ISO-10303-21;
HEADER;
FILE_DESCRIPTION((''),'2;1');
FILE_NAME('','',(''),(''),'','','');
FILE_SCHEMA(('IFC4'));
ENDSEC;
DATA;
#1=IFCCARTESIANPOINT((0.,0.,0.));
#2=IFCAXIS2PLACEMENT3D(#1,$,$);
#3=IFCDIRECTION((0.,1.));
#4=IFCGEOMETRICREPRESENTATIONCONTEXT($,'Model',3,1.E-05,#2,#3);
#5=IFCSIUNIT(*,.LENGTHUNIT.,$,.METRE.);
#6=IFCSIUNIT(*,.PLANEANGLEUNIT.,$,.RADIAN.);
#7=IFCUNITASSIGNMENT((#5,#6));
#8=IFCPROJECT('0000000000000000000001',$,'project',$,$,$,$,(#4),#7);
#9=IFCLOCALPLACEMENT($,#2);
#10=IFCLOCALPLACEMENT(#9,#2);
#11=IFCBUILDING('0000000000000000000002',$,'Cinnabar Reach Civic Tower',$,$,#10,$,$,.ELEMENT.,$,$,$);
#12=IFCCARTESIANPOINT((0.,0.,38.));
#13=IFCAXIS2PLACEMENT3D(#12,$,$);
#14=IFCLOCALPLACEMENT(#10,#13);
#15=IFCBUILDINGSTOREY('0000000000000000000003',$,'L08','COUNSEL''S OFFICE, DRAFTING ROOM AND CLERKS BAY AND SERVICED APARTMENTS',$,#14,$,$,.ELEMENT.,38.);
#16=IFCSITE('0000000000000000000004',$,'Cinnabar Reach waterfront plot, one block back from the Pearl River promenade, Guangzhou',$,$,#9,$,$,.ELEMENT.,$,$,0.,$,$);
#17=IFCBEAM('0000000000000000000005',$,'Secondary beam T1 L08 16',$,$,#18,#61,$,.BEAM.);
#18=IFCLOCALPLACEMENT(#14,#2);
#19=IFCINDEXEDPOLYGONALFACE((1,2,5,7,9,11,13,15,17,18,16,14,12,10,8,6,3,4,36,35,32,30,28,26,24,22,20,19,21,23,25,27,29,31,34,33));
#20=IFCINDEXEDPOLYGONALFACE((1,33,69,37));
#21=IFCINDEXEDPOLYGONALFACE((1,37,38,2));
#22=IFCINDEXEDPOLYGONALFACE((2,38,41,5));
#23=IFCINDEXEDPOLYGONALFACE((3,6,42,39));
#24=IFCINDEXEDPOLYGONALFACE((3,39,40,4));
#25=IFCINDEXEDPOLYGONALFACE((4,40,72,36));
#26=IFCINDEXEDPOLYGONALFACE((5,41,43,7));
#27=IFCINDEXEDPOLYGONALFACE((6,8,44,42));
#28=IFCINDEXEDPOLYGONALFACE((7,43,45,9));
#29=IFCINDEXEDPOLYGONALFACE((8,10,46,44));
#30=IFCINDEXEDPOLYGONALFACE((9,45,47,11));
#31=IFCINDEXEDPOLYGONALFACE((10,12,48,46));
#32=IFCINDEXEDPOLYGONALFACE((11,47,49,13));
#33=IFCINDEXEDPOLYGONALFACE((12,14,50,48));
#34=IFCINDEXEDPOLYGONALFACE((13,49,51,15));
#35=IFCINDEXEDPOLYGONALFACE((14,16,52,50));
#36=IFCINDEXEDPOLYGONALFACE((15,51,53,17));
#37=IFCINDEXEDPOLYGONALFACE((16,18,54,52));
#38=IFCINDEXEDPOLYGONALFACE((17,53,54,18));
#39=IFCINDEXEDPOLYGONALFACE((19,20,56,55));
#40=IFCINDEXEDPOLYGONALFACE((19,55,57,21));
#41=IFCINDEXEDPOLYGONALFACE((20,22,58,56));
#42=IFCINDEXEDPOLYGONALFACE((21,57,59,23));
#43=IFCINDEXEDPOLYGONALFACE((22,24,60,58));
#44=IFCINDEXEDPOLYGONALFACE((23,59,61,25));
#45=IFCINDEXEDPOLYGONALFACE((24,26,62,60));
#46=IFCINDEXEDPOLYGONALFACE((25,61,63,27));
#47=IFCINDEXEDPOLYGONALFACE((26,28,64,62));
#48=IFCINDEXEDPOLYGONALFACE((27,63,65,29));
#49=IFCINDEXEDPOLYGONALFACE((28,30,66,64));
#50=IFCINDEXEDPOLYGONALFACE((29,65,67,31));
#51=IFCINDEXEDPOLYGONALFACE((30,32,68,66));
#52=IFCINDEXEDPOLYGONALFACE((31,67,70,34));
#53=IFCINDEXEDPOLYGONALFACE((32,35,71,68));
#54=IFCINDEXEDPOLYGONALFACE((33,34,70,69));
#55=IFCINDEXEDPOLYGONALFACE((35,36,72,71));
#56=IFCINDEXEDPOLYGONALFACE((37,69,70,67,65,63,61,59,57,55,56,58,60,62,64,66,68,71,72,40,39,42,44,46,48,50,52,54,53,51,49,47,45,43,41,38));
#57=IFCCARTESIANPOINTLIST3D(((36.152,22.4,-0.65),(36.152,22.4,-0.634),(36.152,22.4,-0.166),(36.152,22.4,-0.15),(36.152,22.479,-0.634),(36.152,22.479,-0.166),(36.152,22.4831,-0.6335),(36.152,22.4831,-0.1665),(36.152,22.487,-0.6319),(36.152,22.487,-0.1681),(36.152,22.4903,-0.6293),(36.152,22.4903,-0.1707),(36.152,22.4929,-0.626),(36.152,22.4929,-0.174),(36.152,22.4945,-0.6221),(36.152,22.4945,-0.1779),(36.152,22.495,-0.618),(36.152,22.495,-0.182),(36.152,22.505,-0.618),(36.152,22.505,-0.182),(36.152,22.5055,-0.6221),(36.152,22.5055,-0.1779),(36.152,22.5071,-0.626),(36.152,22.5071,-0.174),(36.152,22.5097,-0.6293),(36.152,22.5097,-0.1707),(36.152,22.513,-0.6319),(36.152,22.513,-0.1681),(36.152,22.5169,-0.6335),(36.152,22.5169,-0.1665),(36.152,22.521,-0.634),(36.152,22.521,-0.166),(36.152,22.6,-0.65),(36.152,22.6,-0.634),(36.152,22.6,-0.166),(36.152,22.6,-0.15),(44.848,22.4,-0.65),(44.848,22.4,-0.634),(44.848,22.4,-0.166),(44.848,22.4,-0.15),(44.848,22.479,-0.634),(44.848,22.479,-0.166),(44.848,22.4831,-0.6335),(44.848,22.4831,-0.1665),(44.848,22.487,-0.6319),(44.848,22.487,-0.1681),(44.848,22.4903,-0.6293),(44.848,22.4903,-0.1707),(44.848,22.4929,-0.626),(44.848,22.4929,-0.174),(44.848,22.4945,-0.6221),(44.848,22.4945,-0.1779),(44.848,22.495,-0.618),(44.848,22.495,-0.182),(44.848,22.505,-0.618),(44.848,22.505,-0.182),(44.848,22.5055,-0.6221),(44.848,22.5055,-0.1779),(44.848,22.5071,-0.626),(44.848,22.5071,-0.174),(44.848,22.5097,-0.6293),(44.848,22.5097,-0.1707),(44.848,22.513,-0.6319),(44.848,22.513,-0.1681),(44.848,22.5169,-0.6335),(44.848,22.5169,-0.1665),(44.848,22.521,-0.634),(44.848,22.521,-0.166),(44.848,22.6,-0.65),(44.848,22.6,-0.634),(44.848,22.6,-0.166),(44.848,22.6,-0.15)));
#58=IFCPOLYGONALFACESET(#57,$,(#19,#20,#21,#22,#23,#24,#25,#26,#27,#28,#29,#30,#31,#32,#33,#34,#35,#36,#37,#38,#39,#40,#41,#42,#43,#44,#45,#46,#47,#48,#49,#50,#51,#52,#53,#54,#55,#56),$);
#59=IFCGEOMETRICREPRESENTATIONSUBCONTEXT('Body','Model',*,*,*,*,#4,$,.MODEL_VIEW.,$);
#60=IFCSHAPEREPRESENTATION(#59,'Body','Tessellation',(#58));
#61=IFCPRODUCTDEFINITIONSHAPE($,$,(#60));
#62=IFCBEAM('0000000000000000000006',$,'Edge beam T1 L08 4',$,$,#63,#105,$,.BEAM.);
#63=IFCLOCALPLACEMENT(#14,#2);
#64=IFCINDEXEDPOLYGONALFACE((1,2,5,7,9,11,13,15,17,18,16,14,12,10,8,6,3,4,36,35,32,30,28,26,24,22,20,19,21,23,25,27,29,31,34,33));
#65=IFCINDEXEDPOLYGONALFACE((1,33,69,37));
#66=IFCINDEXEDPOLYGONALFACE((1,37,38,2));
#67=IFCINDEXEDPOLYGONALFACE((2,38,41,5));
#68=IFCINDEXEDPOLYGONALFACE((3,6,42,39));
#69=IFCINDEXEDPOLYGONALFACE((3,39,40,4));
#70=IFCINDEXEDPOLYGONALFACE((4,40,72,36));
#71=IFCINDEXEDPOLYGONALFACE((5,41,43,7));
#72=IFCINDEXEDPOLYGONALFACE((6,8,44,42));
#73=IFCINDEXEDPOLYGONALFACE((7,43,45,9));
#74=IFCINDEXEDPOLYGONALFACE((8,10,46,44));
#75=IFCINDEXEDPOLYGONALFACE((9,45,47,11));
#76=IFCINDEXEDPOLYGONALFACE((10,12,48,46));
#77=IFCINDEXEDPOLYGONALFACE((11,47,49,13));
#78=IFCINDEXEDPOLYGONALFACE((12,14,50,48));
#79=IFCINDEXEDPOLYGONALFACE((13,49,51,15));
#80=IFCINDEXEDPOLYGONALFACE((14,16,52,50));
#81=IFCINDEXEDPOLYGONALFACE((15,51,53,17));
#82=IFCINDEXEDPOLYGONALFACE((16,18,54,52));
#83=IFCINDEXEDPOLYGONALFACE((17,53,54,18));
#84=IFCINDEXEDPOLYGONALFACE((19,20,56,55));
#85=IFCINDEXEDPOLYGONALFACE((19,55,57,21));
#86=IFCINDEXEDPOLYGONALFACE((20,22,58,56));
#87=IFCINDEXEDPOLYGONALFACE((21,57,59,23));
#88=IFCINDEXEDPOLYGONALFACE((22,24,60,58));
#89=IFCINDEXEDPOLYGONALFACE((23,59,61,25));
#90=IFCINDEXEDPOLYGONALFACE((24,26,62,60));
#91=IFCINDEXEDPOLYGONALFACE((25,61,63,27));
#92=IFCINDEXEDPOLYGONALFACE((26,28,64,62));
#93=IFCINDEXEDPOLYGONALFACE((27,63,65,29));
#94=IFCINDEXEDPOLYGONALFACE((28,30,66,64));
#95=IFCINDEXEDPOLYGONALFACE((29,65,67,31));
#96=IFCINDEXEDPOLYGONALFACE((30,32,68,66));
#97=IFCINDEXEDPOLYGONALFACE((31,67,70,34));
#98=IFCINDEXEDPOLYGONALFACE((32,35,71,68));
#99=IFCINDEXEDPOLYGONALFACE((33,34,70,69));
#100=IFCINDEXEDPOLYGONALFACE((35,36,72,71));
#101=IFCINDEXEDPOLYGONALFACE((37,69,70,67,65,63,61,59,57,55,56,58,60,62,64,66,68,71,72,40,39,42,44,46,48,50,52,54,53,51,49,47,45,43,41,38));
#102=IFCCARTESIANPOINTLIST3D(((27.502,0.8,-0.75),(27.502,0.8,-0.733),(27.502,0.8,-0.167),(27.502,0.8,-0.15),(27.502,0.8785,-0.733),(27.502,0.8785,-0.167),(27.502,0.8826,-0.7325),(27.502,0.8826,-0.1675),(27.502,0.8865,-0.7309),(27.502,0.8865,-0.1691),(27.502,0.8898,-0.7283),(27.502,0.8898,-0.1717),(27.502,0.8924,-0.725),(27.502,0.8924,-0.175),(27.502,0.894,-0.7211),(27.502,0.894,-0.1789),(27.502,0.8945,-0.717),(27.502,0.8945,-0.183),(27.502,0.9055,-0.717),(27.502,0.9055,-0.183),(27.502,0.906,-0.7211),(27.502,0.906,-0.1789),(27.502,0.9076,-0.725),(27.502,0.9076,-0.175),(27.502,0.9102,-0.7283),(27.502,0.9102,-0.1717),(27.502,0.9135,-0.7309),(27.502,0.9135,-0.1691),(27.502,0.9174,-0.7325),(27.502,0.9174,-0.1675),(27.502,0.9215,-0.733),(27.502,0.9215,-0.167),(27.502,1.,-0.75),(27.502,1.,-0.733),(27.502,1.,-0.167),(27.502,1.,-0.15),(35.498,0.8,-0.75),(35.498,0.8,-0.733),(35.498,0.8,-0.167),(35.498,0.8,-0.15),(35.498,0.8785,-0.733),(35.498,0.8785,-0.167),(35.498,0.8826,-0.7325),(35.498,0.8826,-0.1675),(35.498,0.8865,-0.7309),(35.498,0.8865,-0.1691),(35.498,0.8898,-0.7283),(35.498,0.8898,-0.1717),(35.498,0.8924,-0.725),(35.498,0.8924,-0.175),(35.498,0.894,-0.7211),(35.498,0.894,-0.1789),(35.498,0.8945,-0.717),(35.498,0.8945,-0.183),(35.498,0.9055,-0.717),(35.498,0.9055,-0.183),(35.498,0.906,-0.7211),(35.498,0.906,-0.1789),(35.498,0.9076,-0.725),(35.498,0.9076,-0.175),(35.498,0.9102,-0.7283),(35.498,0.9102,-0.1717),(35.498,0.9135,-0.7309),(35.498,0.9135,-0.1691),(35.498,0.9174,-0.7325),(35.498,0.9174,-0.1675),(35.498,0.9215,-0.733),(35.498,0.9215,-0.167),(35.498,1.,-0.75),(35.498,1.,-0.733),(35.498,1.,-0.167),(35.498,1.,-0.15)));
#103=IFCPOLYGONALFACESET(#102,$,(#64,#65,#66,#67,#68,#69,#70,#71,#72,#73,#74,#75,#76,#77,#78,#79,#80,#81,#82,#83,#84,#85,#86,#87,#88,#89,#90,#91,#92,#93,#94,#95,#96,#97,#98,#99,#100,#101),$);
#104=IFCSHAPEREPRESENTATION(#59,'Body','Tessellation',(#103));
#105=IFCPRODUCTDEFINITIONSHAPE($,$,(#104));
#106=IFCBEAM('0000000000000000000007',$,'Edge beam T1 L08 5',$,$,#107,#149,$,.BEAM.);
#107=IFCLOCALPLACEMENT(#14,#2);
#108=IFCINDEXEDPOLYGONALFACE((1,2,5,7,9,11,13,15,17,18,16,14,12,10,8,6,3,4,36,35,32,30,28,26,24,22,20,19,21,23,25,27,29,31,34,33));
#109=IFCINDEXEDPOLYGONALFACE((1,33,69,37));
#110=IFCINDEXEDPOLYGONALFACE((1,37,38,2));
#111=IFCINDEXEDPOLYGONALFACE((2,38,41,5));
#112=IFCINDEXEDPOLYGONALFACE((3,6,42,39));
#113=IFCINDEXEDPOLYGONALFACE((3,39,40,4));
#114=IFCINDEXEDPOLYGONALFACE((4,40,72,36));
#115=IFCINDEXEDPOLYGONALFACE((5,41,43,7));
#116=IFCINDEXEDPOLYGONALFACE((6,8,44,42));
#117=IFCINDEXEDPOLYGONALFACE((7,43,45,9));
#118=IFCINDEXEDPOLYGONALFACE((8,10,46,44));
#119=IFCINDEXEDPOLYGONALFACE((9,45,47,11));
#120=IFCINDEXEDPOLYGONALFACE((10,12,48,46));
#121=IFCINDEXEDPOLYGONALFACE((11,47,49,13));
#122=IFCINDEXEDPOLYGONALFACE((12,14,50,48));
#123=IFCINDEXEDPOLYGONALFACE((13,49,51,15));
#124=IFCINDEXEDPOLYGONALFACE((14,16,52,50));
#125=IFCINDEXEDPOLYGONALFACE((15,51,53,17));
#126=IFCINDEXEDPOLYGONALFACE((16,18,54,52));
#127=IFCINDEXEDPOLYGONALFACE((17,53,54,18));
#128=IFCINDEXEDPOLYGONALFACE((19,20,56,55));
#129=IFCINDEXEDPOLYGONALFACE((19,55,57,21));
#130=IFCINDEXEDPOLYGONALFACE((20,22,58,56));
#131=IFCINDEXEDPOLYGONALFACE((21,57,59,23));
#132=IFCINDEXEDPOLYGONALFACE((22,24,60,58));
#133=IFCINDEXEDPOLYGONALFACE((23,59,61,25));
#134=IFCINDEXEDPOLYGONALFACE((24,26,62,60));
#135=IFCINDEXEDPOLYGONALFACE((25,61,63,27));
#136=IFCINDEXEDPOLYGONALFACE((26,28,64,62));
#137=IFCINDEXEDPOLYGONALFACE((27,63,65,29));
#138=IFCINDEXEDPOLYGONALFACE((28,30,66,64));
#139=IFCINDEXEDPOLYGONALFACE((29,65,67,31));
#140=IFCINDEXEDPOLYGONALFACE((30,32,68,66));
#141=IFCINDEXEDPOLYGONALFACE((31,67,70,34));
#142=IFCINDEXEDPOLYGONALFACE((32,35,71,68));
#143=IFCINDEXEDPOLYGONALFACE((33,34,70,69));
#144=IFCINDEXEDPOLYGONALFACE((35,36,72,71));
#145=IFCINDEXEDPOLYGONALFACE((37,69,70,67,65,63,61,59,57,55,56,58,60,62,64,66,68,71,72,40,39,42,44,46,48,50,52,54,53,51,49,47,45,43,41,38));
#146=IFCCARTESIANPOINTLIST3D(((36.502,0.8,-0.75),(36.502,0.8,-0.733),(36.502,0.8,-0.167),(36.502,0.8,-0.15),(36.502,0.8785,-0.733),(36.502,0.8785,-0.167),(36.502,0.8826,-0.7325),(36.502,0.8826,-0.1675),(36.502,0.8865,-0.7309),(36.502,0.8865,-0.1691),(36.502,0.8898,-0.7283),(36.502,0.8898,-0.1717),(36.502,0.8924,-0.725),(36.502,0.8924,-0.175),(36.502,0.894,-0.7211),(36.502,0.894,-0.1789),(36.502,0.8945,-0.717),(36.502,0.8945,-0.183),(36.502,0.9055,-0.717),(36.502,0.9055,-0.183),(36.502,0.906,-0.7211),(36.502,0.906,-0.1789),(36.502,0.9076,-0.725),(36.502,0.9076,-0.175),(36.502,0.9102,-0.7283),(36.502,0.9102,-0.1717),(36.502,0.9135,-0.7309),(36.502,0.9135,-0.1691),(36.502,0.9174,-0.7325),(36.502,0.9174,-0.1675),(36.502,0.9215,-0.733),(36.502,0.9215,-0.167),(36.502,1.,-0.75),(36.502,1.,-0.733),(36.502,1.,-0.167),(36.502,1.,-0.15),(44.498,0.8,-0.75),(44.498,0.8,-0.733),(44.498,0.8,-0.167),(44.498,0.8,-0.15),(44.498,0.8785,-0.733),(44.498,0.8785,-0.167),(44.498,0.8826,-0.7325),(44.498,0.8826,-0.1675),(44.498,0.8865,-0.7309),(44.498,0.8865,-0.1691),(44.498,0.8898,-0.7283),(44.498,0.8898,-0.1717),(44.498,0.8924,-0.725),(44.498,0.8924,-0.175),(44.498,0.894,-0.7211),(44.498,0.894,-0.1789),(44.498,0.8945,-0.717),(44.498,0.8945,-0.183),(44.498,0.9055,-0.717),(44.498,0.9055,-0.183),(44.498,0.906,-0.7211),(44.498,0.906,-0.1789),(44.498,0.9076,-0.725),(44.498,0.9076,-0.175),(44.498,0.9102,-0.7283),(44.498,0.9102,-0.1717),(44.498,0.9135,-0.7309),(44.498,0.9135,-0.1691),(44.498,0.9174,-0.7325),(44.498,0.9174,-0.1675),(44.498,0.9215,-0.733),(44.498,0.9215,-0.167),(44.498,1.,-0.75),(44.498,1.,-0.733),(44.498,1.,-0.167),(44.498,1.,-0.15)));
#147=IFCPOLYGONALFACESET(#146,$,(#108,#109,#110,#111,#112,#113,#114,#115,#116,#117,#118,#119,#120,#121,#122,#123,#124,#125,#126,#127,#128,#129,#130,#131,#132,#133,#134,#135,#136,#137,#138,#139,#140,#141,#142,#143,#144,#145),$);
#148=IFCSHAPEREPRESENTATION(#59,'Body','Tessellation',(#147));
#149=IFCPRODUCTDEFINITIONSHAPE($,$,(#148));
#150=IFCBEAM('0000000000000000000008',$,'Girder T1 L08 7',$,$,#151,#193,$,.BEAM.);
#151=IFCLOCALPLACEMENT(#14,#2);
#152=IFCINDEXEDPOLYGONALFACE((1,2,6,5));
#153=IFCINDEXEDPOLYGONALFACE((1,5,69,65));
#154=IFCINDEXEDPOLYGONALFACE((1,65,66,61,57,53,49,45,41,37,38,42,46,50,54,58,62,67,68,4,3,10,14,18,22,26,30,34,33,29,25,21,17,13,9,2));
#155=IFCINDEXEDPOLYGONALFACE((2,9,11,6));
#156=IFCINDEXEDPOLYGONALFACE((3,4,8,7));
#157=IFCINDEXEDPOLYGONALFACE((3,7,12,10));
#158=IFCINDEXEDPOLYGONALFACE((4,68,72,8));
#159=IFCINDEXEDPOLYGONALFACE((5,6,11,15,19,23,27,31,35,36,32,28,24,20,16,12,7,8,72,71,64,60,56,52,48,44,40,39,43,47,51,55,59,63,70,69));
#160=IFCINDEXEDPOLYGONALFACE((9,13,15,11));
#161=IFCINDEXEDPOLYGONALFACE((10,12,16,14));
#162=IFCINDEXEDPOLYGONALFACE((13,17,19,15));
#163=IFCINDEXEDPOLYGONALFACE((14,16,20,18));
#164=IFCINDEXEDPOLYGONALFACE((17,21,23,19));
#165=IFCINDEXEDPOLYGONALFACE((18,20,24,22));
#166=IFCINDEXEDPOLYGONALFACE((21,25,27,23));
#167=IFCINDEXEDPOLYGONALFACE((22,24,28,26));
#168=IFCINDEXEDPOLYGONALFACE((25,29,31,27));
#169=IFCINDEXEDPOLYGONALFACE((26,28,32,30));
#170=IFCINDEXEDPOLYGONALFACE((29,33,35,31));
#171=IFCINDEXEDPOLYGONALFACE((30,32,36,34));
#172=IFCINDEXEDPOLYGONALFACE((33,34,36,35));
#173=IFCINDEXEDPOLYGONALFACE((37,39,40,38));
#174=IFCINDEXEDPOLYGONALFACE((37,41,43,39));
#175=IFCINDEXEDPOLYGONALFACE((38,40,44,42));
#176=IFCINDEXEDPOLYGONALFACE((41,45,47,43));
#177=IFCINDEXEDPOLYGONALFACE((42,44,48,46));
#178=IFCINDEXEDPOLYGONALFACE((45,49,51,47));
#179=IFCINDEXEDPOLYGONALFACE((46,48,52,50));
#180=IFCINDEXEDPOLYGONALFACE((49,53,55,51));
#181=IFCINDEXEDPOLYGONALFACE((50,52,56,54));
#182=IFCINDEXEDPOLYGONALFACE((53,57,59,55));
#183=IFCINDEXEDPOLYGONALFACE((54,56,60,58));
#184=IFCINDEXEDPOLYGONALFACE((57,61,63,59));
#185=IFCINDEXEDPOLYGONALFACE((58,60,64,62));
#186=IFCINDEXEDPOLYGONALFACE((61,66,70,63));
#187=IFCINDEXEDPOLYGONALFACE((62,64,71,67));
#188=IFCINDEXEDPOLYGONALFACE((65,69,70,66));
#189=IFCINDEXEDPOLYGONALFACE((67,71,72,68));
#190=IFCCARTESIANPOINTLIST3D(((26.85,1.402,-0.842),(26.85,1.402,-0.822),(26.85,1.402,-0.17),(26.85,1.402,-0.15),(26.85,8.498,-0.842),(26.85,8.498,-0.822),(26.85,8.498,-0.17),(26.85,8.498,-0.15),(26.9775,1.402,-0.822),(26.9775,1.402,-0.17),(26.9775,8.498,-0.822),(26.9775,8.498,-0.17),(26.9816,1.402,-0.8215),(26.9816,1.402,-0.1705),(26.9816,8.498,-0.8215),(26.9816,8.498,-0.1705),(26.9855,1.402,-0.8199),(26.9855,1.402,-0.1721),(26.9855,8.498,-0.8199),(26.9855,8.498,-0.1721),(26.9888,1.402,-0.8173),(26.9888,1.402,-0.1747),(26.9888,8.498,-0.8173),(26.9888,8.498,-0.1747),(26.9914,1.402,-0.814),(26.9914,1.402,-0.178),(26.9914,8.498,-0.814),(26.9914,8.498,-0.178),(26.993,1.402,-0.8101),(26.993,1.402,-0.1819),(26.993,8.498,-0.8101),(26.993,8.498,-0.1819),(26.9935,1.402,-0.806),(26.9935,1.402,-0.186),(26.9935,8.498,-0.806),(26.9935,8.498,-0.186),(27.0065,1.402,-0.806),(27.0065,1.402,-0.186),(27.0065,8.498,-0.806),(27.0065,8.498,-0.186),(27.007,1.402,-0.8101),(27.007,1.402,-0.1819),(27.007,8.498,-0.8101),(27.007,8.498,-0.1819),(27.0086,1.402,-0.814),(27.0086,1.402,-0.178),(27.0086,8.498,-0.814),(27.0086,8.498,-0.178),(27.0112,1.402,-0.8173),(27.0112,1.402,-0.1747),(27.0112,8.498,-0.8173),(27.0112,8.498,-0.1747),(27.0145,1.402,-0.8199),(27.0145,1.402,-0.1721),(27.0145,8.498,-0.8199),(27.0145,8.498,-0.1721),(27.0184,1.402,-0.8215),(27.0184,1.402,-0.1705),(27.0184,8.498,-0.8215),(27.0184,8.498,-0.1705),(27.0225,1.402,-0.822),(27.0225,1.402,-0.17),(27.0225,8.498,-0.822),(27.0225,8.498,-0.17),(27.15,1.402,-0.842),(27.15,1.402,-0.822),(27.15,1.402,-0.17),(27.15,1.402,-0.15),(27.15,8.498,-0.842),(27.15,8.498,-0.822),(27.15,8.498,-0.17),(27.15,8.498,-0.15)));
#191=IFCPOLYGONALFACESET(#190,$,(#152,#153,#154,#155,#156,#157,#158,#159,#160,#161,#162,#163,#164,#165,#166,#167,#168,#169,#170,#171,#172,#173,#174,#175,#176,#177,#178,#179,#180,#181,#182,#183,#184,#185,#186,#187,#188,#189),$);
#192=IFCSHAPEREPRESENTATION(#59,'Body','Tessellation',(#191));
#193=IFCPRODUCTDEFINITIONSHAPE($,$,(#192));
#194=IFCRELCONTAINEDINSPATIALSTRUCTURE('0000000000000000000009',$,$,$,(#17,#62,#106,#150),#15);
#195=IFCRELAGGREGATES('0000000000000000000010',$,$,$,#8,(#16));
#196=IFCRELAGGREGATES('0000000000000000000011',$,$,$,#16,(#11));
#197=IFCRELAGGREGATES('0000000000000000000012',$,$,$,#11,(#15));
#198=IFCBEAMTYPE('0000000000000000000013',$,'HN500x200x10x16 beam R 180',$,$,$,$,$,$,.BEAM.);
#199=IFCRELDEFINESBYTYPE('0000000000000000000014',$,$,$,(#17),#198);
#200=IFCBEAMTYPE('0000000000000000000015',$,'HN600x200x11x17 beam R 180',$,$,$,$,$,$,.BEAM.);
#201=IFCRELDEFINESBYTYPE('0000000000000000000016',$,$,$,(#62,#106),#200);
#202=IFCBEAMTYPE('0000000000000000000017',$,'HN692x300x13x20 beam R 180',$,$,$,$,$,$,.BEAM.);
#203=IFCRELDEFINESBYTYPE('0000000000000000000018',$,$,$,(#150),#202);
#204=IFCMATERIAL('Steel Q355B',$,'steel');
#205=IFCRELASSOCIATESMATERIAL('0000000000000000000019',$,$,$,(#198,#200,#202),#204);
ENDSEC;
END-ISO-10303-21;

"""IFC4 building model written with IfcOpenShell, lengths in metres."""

from ifc_helpers import new_model, si_unit, direction, frame, origin, origin_2d, place, context, subcontext, project, spatial, i_section, extrude, material, material_profile, profile_set, type_object, element, save


model = new_model("IFC4")

# Units and contexts
model_context = context("Model", 3, precision=1e-05, world=origin(), true_north=direction((0.0, 1.0)))
body_context = subcontext(model_context, "Body", "Model", "MODEL_VIEW")
ifc_project = project(units=[si_unit("LENGTHUNIT", "METRE"), si_unit("PLANEANGLEUNIT", "RADIAN")], contexts=[model_context])

# Site, building, storey
site_placement = place(None, origin())
site = spatial("IfcSite", under=ifc_project, at=site_placement, Name="Cinnabar Reach waterfront plot, one block back from the Pearl River promenade, Guangzhou", CompositionType="ELEMENT", RefElevation=0.0)
building_placement = place(site_placement, origin())
building = spatial("IfcBuilding", under=site, at=building_placement, Name="Cinnabar Reach Civic Tower", CompositionType="ELEMENT")
storey_placement = place(building_placement, frame((0.0, 0.0, 38.0)))
storey = spatial("IfcBuildingStorey", under=building, at=storey_placement, Name="L08", Description="COUNSEL'S OFFICE, DRAFTING ROOM AND CLERKS BAY AND SERVICED APARTMENTS", CompositionType="ELEMENT", Elevation=38.0)

# Beams
ifc_material_1 = material(Name="Steel Q355B", Category="steel")
ifc_material_profile_1 = material_profile(ifc_material_1, i_section(OverallWidth=0.2, OverallDepth=0.5, WebThickness=0.01, FlangeThickness=0.016, FilletRadius=0.016, at=origin_2d()), Name="HN500x200x10x16")
ifc_profile_set_1 = profile_set([ifc_material_profile_1], Name="Steel Q355B")
beam_type_1 = type_object("IfcBeamType", Name="HN500x200x10x16 beam R 180", PredefinedType="BEAM", material=ifc_profile_set_1)
for number, where, z_axis, x_axis, name in (
    (1, (36.152, 22.5, -0.4), (1.0, 0.0, 0.0), (0.0, 1.0, 0.0), "Secondary beam T1 L08 16"),
):
    element("IfcBeam", number, at=place(storey_placement, frame(where, z_axis=z_axis, x_axis=x_axis)), inside=storey, type_object=beam_type_1, Name=name, PredefinedType="BEAM", context=body_context, shape_type="SweptSolid", body=[
        extrude(i_section(OverallWidth=0.2, OverallDepth=0.5, WebThickness=0.01, FlangeThickness=0.016, FilletRadius=0.016, at=origin_2d()), origin(), (0.0, 0.0, 1.0), 8.696),
    ])
ifc_material_profile_2 = material_profile(ifc_material_1, i_section(OverallWidth=0.2, OverallDepth=0.6, WebThickness=0.011, FlangeThickness=0.017, FilletRadius=0.016, at=origin_2d()), Name="HN600x200x11x17")
ifc_profile_set_2 = profile_set([ifc_material_profile_2], Name="Steel Q355B")
beam_type_2 = type_object("IfcBeamType", Name="HN600x200x11x17 beam R 180", PredefinedType="BEAM", material=ifc_profile_set_2)
for number, where, z_axis, x_axis, name in (
    (2, (27.502, 0.9, -0.45), (1.0, 0.0, 0.0), (0.0, 1.0, 0.0), "Edge beam T1 L08 4"),
    (3, (36.502, 0.9, -0.45), (1.0, 0.0, 0.0), (0.0, 1.0, 0.0), "Edge beam T1 L08 5"),
):
    element("IfcBeam", number, at=place(storey_placement, frame(where, z_axis=z_axis, x_axis=x_axis)), inside=storey, type_object=beam_type_2, Name=name, PredefinedType="BEAM", context=body_context, shape_type="SweptSolid", body=[
        extrude(i_section(OverallWidth=0.2, OverallDepth=0.6, WebThickness=0.011, FlangeThickness=0.017, FilletRadius=0.016, at=origin_2d()), origin(), (0.0, 0.0, 1.0), 7.996),
    ])
ifc_material_profile_3 = material_profile(ifc_material_1, i_section(OverallWidth=0.3, OverallDepth=0.692, WebThickness=0.013, FlangeThickness=0.02, FilletRadius=0.016, at=origin_2d()), Name="HN692x300x13x20")
ifc_profile_set_3 = profile_set([ifc_material_profile_3], Name="Steel Q355B")
beam_type_3 = type_object("IfcBeamType", Name="HN692x300x13x20 beam R 180", PredefinedType="BEAM", material=ifc_profile_set_3)
beam_1_placement = place(storey_placement, frame((27.0, 1.402, -0.496), z_axis=(0.0, 1.0, 0.0), x_axis=(-1.0, 0.0, 0.0)))
element("IfcBeam", 4, at=beam_1_placement, inside=storey, type_object=beam_type_3, Name="Girder T1 L08 7", PredefinedType="BEAM", context=body_context, shape_type="SweptSolid", body=[
    extrude(i_section(OverallWidth=0.3, OverallDepth=0.692, WebThickness=0.013, FlangeThickness=0.02, FilletRadius=0.016, at=origin_2d()), origin(), (0.0, 0.0, 1.0), 7.096),
])

save(model, "model.ifc")
